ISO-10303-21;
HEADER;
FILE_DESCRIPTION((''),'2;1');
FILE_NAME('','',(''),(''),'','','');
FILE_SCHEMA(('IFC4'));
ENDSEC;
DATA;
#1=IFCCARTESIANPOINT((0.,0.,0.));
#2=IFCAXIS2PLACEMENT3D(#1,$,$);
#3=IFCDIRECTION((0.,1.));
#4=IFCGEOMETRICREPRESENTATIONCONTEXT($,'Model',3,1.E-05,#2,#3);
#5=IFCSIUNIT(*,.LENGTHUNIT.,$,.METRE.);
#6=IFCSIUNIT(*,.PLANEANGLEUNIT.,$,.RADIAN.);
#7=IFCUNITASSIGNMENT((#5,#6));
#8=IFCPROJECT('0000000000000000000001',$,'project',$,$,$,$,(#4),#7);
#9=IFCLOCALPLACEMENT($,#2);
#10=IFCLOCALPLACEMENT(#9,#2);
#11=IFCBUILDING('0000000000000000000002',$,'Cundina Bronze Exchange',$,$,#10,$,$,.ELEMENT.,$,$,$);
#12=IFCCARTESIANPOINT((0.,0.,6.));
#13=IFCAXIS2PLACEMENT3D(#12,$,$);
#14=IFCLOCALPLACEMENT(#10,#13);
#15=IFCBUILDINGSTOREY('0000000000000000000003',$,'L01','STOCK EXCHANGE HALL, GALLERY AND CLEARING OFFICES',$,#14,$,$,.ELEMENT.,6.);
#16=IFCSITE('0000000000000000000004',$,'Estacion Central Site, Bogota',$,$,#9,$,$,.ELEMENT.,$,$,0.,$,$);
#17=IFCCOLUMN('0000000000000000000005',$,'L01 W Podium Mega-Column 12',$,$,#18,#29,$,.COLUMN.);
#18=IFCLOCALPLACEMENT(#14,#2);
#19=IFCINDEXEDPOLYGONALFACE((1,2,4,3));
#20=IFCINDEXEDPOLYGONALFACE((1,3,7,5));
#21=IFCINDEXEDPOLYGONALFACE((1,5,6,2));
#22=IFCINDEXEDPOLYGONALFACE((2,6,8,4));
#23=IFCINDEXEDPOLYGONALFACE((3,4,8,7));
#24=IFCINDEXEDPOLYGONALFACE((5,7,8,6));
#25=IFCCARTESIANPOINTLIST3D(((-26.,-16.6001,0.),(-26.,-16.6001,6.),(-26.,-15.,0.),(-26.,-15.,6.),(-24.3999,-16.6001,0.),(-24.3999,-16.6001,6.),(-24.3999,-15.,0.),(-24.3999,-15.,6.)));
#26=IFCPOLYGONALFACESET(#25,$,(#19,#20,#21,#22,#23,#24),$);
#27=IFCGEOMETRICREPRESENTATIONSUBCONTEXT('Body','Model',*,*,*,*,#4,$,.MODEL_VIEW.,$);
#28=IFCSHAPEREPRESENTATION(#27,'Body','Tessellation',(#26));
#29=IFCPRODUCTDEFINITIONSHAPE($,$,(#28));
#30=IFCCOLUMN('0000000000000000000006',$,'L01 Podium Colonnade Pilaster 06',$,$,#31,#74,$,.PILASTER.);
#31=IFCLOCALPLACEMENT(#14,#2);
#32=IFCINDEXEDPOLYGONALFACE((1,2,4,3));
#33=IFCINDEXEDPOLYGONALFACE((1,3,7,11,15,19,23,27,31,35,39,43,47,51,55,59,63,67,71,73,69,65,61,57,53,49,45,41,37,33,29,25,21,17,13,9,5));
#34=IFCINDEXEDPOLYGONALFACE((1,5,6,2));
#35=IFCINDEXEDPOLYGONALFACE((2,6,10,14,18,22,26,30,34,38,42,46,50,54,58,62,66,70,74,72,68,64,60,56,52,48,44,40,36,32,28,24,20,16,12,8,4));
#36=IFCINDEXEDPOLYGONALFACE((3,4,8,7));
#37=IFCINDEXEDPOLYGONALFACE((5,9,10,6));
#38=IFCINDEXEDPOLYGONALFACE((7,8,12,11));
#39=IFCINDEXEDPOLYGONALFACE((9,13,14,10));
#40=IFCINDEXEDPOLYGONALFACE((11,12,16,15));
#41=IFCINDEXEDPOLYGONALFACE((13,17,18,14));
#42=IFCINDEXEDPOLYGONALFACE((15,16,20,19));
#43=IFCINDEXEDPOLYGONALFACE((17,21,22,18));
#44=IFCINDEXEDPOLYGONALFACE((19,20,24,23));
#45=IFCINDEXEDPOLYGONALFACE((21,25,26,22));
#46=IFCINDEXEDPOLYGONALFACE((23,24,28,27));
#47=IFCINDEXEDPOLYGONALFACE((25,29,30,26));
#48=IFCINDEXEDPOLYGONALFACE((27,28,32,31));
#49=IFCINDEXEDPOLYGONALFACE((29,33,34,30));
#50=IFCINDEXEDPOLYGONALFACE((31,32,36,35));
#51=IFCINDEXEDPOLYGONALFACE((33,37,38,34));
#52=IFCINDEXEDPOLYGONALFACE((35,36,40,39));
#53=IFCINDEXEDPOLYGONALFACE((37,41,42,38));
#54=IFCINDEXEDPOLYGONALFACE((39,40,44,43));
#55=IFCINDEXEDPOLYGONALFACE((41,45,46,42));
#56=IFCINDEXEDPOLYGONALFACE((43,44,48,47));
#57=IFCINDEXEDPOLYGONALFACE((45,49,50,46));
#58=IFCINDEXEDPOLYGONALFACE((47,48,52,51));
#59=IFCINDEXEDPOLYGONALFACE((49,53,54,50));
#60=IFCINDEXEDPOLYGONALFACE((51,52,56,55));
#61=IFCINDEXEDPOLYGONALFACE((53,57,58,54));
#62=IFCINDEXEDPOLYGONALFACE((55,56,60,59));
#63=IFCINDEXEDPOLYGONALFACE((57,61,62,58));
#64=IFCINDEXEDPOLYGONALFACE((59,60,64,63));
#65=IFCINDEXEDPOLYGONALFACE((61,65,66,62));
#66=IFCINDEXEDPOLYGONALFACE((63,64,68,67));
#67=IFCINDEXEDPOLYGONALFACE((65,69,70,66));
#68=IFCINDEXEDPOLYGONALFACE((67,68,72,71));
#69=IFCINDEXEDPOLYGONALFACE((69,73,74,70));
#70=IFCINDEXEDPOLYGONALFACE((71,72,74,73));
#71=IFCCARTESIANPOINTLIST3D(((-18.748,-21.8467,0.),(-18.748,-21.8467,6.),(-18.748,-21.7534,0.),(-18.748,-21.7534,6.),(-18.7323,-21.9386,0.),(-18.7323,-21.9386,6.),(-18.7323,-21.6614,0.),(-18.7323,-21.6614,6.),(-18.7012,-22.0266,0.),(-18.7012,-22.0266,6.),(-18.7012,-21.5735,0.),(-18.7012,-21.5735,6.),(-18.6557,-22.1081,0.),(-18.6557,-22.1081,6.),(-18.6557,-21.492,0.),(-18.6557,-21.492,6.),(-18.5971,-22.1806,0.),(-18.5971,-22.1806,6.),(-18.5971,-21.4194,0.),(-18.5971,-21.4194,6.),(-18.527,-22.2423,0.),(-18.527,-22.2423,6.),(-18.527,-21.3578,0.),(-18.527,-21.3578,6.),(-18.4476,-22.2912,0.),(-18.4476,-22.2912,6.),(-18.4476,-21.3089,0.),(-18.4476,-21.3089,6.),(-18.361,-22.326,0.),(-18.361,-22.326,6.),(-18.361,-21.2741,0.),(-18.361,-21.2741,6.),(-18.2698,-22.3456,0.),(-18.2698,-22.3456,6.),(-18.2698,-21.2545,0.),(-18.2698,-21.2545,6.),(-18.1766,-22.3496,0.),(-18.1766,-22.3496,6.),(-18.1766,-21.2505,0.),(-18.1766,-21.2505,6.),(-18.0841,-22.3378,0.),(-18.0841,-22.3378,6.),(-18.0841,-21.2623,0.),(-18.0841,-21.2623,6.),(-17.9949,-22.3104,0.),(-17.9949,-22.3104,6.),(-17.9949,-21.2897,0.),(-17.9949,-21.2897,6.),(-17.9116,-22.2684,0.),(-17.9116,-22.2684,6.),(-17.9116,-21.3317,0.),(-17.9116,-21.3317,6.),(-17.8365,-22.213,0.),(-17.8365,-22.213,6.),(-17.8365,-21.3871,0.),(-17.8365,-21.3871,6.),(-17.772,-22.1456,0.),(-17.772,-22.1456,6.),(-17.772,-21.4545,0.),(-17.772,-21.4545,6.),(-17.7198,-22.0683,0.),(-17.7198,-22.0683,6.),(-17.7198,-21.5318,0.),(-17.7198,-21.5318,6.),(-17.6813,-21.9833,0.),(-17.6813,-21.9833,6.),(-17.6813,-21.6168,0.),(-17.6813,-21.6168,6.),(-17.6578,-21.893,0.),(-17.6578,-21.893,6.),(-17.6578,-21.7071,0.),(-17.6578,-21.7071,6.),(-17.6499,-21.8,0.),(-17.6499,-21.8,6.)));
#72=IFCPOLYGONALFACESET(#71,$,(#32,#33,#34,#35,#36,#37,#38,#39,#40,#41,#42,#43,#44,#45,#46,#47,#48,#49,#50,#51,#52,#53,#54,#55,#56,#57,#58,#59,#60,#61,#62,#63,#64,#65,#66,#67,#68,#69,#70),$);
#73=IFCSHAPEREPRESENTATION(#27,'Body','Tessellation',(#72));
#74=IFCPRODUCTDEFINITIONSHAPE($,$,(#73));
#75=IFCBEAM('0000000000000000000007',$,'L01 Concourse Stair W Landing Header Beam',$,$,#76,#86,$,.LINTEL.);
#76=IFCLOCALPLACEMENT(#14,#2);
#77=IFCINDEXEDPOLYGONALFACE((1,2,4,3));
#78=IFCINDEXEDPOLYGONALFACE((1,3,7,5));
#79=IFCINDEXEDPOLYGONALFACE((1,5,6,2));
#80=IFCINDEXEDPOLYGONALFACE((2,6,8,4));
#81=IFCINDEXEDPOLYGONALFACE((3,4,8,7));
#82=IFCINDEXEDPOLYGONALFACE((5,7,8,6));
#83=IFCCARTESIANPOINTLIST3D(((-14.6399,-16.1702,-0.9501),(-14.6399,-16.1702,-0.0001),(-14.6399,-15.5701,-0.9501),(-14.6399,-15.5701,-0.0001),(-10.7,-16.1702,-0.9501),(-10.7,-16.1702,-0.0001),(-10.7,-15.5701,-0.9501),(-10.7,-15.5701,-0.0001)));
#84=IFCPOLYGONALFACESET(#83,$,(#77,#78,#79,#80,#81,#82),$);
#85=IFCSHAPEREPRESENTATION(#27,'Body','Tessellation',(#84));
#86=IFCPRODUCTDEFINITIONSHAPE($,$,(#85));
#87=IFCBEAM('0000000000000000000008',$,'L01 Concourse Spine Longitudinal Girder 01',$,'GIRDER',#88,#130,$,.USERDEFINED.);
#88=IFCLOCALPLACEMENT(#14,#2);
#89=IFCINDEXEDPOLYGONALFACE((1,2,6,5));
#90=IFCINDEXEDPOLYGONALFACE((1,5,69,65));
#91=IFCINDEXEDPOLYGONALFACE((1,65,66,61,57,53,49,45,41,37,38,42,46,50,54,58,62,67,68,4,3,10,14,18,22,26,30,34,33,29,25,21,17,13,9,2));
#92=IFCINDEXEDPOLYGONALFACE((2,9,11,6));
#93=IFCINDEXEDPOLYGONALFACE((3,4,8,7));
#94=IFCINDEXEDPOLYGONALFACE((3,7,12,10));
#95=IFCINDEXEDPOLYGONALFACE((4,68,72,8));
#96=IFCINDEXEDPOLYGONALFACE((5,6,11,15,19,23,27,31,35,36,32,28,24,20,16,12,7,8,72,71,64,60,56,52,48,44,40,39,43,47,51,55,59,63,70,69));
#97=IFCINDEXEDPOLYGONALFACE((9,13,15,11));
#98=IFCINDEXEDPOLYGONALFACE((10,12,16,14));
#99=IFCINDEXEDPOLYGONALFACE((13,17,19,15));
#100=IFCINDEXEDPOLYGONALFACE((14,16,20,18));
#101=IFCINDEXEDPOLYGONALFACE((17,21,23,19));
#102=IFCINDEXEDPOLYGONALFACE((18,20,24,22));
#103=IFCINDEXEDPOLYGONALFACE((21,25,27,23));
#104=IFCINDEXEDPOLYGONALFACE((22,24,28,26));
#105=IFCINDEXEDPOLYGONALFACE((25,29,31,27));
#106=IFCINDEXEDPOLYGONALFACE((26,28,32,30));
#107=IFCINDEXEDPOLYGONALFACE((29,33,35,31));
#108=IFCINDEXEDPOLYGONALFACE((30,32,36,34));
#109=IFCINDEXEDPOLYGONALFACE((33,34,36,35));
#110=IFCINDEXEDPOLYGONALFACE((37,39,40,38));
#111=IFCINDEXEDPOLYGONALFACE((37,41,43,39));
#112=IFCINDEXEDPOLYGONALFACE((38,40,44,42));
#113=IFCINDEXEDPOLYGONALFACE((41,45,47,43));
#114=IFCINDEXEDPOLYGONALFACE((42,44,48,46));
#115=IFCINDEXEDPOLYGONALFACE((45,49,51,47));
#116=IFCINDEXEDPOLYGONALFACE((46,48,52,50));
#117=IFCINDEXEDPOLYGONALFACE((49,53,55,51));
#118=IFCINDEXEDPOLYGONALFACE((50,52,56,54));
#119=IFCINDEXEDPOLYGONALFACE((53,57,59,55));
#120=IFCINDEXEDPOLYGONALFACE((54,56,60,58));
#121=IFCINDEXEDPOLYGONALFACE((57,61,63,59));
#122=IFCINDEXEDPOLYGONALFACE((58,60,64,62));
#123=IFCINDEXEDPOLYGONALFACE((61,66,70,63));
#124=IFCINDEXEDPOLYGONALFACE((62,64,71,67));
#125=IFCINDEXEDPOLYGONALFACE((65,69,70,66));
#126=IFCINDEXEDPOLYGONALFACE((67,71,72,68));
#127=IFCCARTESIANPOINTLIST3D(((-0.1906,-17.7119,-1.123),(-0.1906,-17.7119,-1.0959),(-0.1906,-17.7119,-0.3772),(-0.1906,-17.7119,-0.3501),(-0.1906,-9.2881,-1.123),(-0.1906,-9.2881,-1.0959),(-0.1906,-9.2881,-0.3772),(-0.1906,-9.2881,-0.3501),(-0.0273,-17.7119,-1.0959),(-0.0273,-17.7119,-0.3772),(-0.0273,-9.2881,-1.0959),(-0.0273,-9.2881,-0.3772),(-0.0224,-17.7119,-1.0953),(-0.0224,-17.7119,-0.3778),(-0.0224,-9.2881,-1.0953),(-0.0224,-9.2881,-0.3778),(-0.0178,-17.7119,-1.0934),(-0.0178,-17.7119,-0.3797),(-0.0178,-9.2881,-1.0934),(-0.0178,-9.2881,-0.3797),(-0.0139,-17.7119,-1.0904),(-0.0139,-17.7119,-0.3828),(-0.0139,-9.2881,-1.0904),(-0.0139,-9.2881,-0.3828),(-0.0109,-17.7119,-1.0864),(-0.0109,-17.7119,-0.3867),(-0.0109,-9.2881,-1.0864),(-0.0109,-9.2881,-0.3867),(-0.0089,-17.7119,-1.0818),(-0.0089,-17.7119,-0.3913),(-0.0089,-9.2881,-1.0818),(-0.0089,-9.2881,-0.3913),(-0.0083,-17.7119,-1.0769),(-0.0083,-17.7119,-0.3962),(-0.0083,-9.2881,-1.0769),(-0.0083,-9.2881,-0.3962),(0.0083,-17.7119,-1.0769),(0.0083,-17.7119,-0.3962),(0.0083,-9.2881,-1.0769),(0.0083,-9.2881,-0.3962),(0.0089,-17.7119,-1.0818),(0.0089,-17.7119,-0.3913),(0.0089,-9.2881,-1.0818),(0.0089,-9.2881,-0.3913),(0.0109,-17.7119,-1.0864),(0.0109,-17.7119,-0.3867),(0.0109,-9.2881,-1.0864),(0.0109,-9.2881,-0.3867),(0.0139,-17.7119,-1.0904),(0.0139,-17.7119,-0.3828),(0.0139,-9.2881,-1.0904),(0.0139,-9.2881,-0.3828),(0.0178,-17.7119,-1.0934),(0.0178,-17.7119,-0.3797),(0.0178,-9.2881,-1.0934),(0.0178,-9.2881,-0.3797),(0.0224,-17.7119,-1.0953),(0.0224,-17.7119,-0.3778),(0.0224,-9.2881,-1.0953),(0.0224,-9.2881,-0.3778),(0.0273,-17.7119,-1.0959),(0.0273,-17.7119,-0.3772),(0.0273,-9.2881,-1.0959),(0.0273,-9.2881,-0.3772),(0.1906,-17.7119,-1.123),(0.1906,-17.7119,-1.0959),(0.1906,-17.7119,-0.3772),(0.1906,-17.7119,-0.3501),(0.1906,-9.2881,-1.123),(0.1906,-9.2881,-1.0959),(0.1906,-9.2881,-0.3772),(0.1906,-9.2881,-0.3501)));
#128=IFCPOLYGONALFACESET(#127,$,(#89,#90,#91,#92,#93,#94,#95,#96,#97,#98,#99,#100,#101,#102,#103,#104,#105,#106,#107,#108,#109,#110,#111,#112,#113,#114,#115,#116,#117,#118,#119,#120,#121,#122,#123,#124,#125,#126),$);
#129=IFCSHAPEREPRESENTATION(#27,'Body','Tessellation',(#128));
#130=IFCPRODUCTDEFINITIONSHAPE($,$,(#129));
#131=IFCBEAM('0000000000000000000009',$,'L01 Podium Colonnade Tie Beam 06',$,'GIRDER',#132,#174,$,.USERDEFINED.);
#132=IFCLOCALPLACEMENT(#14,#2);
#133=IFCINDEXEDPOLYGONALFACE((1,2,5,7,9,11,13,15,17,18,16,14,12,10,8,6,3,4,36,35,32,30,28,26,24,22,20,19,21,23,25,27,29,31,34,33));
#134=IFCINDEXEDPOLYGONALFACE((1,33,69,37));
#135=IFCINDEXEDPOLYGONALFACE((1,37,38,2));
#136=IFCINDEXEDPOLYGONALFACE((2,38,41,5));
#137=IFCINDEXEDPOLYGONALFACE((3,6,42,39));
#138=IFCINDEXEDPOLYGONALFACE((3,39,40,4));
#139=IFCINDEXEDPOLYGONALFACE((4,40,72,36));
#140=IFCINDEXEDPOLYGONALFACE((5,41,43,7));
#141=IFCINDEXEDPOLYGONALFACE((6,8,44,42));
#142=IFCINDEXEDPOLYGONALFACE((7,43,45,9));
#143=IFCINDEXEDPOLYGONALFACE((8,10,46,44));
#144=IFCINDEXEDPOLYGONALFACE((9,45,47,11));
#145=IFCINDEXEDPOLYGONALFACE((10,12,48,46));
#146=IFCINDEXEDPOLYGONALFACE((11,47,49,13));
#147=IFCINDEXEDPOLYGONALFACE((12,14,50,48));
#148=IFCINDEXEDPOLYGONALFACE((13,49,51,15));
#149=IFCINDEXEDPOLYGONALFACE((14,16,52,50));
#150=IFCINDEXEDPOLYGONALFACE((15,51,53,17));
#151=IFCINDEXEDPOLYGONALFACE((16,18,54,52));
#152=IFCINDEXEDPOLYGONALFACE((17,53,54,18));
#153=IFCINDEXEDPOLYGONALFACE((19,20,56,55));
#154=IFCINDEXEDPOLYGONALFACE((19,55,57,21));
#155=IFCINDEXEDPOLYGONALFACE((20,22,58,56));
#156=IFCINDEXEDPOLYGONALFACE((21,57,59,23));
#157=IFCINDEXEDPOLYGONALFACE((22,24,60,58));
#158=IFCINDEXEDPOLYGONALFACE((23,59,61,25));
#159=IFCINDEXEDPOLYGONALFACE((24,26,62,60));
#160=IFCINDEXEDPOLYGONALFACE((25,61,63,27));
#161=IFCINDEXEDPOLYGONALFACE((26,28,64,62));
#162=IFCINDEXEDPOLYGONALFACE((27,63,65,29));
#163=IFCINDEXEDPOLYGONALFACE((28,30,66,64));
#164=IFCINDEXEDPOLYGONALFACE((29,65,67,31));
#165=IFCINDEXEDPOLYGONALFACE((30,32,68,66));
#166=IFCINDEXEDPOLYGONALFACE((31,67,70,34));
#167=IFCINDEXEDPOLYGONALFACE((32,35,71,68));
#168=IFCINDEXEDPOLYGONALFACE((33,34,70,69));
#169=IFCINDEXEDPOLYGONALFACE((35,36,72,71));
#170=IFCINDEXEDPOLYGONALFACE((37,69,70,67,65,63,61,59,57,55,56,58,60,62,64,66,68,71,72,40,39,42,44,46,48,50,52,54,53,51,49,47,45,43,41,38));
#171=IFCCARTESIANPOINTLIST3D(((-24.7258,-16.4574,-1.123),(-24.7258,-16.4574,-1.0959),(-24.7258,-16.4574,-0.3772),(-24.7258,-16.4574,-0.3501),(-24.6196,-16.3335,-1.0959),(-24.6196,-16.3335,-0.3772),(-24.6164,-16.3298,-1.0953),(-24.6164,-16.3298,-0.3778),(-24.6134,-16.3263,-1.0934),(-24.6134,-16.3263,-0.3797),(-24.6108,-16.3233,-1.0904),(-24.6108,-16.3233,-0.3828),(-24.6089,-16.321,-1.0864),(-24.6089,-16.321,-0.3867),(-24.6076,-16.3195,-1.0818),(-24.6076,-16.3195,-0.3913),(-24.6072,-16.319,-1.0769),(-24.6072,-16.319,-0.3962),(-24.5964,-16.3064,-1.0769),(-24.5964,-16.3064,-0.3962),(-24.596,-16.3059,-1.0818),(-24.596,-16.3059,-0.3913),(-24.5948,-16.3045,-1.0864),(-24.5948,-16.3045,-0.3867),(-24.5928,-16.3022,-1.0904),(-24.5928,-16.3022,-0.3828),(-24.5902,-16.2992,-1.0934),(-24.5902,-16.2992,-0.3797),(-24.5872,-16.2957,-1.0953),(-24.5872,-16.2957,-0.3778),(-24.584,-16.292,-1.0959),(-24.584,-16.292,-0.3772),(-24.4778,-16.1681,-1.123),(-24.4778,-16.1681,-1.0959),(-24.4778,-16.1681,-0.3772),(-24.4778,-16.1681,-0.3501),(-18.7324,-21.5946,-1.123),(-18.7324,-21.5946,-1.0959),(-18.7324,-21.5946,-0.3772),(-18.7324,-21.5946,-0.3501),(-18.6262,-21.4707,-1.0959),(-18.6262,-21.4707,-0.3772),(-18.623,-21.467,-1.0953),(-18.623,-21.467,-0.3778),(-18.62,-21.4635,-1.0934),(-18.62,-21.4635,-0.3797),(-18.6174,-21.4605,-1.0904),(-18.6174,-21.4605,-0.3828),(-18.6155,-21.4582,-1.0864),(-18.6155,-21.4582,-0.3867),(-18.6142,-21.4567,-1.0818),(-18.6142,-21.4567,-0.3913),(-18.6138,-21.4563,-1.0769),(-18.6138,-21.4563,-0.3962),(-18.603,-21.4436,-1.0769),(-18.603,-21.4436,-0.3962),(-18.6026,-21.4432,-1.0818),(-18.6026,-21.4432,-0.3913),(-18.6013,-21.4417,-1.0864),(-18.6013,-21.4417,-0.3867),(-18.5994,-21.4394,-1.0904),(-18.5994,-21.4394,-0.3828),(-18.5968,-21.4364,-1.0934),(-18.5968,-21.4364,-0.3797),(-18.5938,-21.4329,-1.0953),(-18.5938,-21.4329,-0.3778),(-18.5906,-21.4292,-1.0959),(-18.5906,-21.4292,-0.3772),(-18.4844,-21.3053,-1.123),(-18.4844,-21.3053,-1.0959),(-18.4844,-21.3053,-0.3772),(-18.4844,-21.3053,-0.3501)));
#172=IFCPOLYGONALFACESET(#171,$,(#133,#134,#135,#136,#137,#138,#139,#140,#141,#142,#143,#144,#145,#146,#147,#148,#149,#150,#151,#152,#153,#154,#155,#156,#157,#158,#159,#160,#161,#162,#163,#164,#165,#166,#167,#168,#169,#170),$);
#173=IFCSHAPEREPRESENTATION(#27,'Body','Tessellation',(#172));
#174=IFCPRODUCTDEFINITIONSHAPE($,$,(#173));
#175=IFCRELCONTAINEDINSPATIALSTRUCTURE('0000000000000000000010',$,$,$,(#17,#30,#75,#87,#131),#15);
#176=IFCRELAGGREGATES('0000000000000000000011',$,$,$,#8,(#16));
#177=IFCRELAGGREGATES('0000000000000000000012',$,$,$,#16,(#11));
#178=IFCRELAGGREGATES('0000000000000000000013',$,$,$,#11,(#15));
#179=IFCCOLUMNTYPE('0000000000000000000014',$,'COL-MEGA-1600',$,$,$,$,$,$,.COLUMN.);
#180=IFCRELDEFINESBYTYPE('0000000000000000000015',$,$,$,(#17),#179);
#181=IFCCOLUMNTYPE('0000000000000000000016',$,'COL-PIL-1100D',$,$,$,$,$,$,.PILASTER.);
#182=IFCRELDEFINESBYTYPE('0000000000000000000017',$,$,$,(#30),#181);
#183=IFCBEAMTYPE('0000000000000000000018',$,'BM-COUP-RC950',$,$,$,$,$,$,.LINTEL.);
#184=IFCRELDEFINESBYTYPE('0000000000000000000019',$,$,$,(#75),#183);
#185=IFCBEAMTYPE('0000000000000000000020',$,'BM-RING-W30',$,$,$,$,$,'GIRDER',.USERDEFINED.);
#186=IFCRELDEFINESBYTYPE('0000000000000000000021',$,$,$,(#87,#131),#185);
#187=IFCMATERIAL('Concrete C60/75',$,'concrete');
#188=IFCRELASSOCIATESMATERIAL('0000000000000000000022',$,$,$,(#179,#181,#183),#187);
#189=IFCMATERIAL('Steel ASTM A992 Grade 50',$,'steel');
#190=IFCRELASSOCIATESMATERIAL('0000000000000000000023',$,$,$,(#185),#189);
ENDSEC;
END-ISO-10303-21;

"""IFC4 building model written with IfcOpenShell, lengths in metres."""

from ifc_helpers import new_model, si_unit, direction, frame, origin, origin_2d, place, context, subcontext, project, spatial, rectangle, circle, i_section, extrude, material, material_profile, profile_set, type_object, element, save


model = new_model("IFC4")

# Units and contexts
model_context = context("Model", 3, precision=1e-05, world=origin(), true_north=direction((0.0, 1.0)))
body_context = subcontext(model_context, "Body", "Model", "MODEL_VIEW")
ifc_project = project(units=[si_unit("LENGTHUNIT", "METRE"), si_unit("PLANEANGLEUNIT", "RADIAN")], contexts=[model_context])

# Site, building, storey
site_placement = place(None, origin())
site = spatial("IfcSite", under=ifc_project, at=site_placement, Name="Estacion Central Site, Bogota", CompositionType="ELEMENT", RefElevation=0.0)
building_placement = place(site_placement, origin())
building = spatial("IfcBuilding", under=site, at=building_placement, Name="Cundina Bronze Exchange", CompositionType="ELEMENT")
storey_placement = place(building_placement, frame((0.0, 0.0, 6.0)))
storey = spatial("IfcBuildingStorey", under=building, at=storey_placement, Name="L01", Description="STOCK EXCHANGE HALL, GALLERY AND CLEARING OFFICES", CompositionType="ELEMENT", Elevation=6.0)

# Columns
ifc_material_1 = material(Name="Concrete C60/75", Category="concrete")
ifc_material_profile_1 = material_profile(ifc_material_1, rectangle(XDim=1.6001, YDim=1.6001, at=origin_2d()), Name="RC1600X1600", Category="concrete")
ifc_profile_set_1 = profile_set([ifc_material_profile_1], Name="Concrete C60/75")
column_type_1 = type_object("IfcColumnType", Name="COL-MEGA-1600", PredefinedType="COLUMN", material=ifc_profile_set_1)
column_1_placement = place(storey_placement, frame((-25.2, -15.8, 0.0), z_axis=(0.0, 0.0, 1.0), x_axis=(1.0, 0.0, 0.0)))
element("IfcColumn", 1, at=column_1_placement, inside=storey, type_object=column_type_1, Name="L01 W Podium Mega-Column 12", PredefinedType="COLUMN", context=body_context, shape_type="SweptSolid", body=[
    extrude(rectangle(XDim=1.6001, YDim=1.6001, at=origin_2d()), origin(), (0.0, 0.0, 1.0), 6.0),
])
ifc_material_profile_2 = material_profile(ifc_material_1, circle(Radius=0.55, at=origin_2d()), Name="RC1100D", Category="concrete")
ifc_profile_set_2 = profile_set([ifc_material_profile_2], Name="Concrete C60/75")
column_type_2 = type_object("IfcColumnType", Name="COL-PIL-1100D", PredefinedType="PILASTER", material=ifc_profile_set_2)
column_2_placement = place(storey_placement, frame((-18.2, -21.8, 0.0), z_axis=(0.0, 0.0, 1.0), x_axis=(1.0, 0.0, 0.0)))
element("IfcColumn", 2, at=column_2_placement, inside=storey, type_object=column_type_2, Name="L01 Podium Colonnade Pilaster 06", PredefinedType="PILASTER", context=body_context, shape_type="SweptSolid", body=[
    extrude(circle(Radius=0.55, at=origin_2d()), origin(), (0.0, 0.0, 1.0), 6.0),
])

# Beams
ifc_material_profile_3 = material_profile(ifc_material_1, rectangle(XDim=0.6001, YDim=0.95, at=origin_2d()), Name="RC600X950", Category="concrete")
ifc_profile_set_3 = profile_set([ifc_material_profile_3], Name="Concrete C60/75")
beam_type_1 = type_object("IfcBeamType", Name="BM-COUP-RC950", PredefinedType="LINTEL", material=ifc_profile_set_3)
beam_1_placement = place(storey_placement, frame((-14.6399, -15.8701, -0.4751), z_axis=(1.0, 0.0, 0.0), x_axis=(0.0, 1.0, 0.0)))
element("IfcBeam", 3, at=beam_1_placement, inside=storey, type_object=beam_type_1, Name="L01 Concourse Stair W Landing Header Beam", PredefinedType="LINTEL", context=body_context, shape_type="SweptSolid", body=[
    extrude(rectangle(XDim=0.6001, YDim=0.95, at=origin_2d()), origin(), (0.0, 0.0, 1.0), 3.9399),
])
ifc_material_2 = material(Name="Steel ASTM A992 Grade 50", Category="steel")
ifc_material_profile_4 = material_profile(ifc_material_2, i_section(OverallWidth=0.3811, OverallDepth=0.7729, WebThickness=0.0166, FlangeThickness=0.0271, FilletRadius=0.019, at=origin_2d()), Name="W30X173", Category="steel")
ifc_profile_set_4 = profile_set([ifc_material_profile_4], Name="Steel ASTM A992 Grade 50")
beam_type_2 = type_object("IfcBeamType", Name="BM-RING-W30", ElementType="GIRDER", PredefinedType="USERDEFINED", material=ifc_profile_set_4)
beam_2_placement = place(storey_placement, frame((0.0, -17.7119, -0.7366), z_axis=(0.0, 1.0, 0.0), x_axis=(-1.0, 0.0, 0.0)))
element("IfcBeam", 4, at=beam_2_placement, inside=storey, type_object=beam_type_2, Name="L01 Concourse Spine Longitudinal Girder 01", ObjectType="GIRDER", PredefinedType="USERDEFINED", context=body_context, shape_type="SweptSolid", body=[
    extrude(i_section(OverallWidth=0.3811, OverallDepth=0.7729, WebThickness=0.0166, FlangeThickness=0.0271, FilletRadius=0.019, at=origin_2d()), origin(), (0.0, 0.0, 1.0), 8.4238),
])
beam_3_placement = place(storey_placement, frame((-18.6084, -21.45, -0.7366), z_axis=(-0.759257, 0.650791, 0.0), x_axis=(-0.650791, -0.759257, 0.0)))
element("IfcBeam", 5, at=beam_3_placement, inside=storey, type_object=beam_type_2, Name="L01 Podium Colonnade Tie Beam 06", ObjectType="GIRDER", PredefinedType="USERDEFINED", context=body_context, shape_type="SweptSolid", body=[
    extrude(i_section(OverallWidth=0.3811, OverallDepth=0.7729, WebThickness=0.0166, FlangeThickness=0.0271, FilletRadius=0.019, at=origin_2d()), origin(), (0.0, 0.0, 1.0), 7.8938),
])

save(model, "model.ifc")
